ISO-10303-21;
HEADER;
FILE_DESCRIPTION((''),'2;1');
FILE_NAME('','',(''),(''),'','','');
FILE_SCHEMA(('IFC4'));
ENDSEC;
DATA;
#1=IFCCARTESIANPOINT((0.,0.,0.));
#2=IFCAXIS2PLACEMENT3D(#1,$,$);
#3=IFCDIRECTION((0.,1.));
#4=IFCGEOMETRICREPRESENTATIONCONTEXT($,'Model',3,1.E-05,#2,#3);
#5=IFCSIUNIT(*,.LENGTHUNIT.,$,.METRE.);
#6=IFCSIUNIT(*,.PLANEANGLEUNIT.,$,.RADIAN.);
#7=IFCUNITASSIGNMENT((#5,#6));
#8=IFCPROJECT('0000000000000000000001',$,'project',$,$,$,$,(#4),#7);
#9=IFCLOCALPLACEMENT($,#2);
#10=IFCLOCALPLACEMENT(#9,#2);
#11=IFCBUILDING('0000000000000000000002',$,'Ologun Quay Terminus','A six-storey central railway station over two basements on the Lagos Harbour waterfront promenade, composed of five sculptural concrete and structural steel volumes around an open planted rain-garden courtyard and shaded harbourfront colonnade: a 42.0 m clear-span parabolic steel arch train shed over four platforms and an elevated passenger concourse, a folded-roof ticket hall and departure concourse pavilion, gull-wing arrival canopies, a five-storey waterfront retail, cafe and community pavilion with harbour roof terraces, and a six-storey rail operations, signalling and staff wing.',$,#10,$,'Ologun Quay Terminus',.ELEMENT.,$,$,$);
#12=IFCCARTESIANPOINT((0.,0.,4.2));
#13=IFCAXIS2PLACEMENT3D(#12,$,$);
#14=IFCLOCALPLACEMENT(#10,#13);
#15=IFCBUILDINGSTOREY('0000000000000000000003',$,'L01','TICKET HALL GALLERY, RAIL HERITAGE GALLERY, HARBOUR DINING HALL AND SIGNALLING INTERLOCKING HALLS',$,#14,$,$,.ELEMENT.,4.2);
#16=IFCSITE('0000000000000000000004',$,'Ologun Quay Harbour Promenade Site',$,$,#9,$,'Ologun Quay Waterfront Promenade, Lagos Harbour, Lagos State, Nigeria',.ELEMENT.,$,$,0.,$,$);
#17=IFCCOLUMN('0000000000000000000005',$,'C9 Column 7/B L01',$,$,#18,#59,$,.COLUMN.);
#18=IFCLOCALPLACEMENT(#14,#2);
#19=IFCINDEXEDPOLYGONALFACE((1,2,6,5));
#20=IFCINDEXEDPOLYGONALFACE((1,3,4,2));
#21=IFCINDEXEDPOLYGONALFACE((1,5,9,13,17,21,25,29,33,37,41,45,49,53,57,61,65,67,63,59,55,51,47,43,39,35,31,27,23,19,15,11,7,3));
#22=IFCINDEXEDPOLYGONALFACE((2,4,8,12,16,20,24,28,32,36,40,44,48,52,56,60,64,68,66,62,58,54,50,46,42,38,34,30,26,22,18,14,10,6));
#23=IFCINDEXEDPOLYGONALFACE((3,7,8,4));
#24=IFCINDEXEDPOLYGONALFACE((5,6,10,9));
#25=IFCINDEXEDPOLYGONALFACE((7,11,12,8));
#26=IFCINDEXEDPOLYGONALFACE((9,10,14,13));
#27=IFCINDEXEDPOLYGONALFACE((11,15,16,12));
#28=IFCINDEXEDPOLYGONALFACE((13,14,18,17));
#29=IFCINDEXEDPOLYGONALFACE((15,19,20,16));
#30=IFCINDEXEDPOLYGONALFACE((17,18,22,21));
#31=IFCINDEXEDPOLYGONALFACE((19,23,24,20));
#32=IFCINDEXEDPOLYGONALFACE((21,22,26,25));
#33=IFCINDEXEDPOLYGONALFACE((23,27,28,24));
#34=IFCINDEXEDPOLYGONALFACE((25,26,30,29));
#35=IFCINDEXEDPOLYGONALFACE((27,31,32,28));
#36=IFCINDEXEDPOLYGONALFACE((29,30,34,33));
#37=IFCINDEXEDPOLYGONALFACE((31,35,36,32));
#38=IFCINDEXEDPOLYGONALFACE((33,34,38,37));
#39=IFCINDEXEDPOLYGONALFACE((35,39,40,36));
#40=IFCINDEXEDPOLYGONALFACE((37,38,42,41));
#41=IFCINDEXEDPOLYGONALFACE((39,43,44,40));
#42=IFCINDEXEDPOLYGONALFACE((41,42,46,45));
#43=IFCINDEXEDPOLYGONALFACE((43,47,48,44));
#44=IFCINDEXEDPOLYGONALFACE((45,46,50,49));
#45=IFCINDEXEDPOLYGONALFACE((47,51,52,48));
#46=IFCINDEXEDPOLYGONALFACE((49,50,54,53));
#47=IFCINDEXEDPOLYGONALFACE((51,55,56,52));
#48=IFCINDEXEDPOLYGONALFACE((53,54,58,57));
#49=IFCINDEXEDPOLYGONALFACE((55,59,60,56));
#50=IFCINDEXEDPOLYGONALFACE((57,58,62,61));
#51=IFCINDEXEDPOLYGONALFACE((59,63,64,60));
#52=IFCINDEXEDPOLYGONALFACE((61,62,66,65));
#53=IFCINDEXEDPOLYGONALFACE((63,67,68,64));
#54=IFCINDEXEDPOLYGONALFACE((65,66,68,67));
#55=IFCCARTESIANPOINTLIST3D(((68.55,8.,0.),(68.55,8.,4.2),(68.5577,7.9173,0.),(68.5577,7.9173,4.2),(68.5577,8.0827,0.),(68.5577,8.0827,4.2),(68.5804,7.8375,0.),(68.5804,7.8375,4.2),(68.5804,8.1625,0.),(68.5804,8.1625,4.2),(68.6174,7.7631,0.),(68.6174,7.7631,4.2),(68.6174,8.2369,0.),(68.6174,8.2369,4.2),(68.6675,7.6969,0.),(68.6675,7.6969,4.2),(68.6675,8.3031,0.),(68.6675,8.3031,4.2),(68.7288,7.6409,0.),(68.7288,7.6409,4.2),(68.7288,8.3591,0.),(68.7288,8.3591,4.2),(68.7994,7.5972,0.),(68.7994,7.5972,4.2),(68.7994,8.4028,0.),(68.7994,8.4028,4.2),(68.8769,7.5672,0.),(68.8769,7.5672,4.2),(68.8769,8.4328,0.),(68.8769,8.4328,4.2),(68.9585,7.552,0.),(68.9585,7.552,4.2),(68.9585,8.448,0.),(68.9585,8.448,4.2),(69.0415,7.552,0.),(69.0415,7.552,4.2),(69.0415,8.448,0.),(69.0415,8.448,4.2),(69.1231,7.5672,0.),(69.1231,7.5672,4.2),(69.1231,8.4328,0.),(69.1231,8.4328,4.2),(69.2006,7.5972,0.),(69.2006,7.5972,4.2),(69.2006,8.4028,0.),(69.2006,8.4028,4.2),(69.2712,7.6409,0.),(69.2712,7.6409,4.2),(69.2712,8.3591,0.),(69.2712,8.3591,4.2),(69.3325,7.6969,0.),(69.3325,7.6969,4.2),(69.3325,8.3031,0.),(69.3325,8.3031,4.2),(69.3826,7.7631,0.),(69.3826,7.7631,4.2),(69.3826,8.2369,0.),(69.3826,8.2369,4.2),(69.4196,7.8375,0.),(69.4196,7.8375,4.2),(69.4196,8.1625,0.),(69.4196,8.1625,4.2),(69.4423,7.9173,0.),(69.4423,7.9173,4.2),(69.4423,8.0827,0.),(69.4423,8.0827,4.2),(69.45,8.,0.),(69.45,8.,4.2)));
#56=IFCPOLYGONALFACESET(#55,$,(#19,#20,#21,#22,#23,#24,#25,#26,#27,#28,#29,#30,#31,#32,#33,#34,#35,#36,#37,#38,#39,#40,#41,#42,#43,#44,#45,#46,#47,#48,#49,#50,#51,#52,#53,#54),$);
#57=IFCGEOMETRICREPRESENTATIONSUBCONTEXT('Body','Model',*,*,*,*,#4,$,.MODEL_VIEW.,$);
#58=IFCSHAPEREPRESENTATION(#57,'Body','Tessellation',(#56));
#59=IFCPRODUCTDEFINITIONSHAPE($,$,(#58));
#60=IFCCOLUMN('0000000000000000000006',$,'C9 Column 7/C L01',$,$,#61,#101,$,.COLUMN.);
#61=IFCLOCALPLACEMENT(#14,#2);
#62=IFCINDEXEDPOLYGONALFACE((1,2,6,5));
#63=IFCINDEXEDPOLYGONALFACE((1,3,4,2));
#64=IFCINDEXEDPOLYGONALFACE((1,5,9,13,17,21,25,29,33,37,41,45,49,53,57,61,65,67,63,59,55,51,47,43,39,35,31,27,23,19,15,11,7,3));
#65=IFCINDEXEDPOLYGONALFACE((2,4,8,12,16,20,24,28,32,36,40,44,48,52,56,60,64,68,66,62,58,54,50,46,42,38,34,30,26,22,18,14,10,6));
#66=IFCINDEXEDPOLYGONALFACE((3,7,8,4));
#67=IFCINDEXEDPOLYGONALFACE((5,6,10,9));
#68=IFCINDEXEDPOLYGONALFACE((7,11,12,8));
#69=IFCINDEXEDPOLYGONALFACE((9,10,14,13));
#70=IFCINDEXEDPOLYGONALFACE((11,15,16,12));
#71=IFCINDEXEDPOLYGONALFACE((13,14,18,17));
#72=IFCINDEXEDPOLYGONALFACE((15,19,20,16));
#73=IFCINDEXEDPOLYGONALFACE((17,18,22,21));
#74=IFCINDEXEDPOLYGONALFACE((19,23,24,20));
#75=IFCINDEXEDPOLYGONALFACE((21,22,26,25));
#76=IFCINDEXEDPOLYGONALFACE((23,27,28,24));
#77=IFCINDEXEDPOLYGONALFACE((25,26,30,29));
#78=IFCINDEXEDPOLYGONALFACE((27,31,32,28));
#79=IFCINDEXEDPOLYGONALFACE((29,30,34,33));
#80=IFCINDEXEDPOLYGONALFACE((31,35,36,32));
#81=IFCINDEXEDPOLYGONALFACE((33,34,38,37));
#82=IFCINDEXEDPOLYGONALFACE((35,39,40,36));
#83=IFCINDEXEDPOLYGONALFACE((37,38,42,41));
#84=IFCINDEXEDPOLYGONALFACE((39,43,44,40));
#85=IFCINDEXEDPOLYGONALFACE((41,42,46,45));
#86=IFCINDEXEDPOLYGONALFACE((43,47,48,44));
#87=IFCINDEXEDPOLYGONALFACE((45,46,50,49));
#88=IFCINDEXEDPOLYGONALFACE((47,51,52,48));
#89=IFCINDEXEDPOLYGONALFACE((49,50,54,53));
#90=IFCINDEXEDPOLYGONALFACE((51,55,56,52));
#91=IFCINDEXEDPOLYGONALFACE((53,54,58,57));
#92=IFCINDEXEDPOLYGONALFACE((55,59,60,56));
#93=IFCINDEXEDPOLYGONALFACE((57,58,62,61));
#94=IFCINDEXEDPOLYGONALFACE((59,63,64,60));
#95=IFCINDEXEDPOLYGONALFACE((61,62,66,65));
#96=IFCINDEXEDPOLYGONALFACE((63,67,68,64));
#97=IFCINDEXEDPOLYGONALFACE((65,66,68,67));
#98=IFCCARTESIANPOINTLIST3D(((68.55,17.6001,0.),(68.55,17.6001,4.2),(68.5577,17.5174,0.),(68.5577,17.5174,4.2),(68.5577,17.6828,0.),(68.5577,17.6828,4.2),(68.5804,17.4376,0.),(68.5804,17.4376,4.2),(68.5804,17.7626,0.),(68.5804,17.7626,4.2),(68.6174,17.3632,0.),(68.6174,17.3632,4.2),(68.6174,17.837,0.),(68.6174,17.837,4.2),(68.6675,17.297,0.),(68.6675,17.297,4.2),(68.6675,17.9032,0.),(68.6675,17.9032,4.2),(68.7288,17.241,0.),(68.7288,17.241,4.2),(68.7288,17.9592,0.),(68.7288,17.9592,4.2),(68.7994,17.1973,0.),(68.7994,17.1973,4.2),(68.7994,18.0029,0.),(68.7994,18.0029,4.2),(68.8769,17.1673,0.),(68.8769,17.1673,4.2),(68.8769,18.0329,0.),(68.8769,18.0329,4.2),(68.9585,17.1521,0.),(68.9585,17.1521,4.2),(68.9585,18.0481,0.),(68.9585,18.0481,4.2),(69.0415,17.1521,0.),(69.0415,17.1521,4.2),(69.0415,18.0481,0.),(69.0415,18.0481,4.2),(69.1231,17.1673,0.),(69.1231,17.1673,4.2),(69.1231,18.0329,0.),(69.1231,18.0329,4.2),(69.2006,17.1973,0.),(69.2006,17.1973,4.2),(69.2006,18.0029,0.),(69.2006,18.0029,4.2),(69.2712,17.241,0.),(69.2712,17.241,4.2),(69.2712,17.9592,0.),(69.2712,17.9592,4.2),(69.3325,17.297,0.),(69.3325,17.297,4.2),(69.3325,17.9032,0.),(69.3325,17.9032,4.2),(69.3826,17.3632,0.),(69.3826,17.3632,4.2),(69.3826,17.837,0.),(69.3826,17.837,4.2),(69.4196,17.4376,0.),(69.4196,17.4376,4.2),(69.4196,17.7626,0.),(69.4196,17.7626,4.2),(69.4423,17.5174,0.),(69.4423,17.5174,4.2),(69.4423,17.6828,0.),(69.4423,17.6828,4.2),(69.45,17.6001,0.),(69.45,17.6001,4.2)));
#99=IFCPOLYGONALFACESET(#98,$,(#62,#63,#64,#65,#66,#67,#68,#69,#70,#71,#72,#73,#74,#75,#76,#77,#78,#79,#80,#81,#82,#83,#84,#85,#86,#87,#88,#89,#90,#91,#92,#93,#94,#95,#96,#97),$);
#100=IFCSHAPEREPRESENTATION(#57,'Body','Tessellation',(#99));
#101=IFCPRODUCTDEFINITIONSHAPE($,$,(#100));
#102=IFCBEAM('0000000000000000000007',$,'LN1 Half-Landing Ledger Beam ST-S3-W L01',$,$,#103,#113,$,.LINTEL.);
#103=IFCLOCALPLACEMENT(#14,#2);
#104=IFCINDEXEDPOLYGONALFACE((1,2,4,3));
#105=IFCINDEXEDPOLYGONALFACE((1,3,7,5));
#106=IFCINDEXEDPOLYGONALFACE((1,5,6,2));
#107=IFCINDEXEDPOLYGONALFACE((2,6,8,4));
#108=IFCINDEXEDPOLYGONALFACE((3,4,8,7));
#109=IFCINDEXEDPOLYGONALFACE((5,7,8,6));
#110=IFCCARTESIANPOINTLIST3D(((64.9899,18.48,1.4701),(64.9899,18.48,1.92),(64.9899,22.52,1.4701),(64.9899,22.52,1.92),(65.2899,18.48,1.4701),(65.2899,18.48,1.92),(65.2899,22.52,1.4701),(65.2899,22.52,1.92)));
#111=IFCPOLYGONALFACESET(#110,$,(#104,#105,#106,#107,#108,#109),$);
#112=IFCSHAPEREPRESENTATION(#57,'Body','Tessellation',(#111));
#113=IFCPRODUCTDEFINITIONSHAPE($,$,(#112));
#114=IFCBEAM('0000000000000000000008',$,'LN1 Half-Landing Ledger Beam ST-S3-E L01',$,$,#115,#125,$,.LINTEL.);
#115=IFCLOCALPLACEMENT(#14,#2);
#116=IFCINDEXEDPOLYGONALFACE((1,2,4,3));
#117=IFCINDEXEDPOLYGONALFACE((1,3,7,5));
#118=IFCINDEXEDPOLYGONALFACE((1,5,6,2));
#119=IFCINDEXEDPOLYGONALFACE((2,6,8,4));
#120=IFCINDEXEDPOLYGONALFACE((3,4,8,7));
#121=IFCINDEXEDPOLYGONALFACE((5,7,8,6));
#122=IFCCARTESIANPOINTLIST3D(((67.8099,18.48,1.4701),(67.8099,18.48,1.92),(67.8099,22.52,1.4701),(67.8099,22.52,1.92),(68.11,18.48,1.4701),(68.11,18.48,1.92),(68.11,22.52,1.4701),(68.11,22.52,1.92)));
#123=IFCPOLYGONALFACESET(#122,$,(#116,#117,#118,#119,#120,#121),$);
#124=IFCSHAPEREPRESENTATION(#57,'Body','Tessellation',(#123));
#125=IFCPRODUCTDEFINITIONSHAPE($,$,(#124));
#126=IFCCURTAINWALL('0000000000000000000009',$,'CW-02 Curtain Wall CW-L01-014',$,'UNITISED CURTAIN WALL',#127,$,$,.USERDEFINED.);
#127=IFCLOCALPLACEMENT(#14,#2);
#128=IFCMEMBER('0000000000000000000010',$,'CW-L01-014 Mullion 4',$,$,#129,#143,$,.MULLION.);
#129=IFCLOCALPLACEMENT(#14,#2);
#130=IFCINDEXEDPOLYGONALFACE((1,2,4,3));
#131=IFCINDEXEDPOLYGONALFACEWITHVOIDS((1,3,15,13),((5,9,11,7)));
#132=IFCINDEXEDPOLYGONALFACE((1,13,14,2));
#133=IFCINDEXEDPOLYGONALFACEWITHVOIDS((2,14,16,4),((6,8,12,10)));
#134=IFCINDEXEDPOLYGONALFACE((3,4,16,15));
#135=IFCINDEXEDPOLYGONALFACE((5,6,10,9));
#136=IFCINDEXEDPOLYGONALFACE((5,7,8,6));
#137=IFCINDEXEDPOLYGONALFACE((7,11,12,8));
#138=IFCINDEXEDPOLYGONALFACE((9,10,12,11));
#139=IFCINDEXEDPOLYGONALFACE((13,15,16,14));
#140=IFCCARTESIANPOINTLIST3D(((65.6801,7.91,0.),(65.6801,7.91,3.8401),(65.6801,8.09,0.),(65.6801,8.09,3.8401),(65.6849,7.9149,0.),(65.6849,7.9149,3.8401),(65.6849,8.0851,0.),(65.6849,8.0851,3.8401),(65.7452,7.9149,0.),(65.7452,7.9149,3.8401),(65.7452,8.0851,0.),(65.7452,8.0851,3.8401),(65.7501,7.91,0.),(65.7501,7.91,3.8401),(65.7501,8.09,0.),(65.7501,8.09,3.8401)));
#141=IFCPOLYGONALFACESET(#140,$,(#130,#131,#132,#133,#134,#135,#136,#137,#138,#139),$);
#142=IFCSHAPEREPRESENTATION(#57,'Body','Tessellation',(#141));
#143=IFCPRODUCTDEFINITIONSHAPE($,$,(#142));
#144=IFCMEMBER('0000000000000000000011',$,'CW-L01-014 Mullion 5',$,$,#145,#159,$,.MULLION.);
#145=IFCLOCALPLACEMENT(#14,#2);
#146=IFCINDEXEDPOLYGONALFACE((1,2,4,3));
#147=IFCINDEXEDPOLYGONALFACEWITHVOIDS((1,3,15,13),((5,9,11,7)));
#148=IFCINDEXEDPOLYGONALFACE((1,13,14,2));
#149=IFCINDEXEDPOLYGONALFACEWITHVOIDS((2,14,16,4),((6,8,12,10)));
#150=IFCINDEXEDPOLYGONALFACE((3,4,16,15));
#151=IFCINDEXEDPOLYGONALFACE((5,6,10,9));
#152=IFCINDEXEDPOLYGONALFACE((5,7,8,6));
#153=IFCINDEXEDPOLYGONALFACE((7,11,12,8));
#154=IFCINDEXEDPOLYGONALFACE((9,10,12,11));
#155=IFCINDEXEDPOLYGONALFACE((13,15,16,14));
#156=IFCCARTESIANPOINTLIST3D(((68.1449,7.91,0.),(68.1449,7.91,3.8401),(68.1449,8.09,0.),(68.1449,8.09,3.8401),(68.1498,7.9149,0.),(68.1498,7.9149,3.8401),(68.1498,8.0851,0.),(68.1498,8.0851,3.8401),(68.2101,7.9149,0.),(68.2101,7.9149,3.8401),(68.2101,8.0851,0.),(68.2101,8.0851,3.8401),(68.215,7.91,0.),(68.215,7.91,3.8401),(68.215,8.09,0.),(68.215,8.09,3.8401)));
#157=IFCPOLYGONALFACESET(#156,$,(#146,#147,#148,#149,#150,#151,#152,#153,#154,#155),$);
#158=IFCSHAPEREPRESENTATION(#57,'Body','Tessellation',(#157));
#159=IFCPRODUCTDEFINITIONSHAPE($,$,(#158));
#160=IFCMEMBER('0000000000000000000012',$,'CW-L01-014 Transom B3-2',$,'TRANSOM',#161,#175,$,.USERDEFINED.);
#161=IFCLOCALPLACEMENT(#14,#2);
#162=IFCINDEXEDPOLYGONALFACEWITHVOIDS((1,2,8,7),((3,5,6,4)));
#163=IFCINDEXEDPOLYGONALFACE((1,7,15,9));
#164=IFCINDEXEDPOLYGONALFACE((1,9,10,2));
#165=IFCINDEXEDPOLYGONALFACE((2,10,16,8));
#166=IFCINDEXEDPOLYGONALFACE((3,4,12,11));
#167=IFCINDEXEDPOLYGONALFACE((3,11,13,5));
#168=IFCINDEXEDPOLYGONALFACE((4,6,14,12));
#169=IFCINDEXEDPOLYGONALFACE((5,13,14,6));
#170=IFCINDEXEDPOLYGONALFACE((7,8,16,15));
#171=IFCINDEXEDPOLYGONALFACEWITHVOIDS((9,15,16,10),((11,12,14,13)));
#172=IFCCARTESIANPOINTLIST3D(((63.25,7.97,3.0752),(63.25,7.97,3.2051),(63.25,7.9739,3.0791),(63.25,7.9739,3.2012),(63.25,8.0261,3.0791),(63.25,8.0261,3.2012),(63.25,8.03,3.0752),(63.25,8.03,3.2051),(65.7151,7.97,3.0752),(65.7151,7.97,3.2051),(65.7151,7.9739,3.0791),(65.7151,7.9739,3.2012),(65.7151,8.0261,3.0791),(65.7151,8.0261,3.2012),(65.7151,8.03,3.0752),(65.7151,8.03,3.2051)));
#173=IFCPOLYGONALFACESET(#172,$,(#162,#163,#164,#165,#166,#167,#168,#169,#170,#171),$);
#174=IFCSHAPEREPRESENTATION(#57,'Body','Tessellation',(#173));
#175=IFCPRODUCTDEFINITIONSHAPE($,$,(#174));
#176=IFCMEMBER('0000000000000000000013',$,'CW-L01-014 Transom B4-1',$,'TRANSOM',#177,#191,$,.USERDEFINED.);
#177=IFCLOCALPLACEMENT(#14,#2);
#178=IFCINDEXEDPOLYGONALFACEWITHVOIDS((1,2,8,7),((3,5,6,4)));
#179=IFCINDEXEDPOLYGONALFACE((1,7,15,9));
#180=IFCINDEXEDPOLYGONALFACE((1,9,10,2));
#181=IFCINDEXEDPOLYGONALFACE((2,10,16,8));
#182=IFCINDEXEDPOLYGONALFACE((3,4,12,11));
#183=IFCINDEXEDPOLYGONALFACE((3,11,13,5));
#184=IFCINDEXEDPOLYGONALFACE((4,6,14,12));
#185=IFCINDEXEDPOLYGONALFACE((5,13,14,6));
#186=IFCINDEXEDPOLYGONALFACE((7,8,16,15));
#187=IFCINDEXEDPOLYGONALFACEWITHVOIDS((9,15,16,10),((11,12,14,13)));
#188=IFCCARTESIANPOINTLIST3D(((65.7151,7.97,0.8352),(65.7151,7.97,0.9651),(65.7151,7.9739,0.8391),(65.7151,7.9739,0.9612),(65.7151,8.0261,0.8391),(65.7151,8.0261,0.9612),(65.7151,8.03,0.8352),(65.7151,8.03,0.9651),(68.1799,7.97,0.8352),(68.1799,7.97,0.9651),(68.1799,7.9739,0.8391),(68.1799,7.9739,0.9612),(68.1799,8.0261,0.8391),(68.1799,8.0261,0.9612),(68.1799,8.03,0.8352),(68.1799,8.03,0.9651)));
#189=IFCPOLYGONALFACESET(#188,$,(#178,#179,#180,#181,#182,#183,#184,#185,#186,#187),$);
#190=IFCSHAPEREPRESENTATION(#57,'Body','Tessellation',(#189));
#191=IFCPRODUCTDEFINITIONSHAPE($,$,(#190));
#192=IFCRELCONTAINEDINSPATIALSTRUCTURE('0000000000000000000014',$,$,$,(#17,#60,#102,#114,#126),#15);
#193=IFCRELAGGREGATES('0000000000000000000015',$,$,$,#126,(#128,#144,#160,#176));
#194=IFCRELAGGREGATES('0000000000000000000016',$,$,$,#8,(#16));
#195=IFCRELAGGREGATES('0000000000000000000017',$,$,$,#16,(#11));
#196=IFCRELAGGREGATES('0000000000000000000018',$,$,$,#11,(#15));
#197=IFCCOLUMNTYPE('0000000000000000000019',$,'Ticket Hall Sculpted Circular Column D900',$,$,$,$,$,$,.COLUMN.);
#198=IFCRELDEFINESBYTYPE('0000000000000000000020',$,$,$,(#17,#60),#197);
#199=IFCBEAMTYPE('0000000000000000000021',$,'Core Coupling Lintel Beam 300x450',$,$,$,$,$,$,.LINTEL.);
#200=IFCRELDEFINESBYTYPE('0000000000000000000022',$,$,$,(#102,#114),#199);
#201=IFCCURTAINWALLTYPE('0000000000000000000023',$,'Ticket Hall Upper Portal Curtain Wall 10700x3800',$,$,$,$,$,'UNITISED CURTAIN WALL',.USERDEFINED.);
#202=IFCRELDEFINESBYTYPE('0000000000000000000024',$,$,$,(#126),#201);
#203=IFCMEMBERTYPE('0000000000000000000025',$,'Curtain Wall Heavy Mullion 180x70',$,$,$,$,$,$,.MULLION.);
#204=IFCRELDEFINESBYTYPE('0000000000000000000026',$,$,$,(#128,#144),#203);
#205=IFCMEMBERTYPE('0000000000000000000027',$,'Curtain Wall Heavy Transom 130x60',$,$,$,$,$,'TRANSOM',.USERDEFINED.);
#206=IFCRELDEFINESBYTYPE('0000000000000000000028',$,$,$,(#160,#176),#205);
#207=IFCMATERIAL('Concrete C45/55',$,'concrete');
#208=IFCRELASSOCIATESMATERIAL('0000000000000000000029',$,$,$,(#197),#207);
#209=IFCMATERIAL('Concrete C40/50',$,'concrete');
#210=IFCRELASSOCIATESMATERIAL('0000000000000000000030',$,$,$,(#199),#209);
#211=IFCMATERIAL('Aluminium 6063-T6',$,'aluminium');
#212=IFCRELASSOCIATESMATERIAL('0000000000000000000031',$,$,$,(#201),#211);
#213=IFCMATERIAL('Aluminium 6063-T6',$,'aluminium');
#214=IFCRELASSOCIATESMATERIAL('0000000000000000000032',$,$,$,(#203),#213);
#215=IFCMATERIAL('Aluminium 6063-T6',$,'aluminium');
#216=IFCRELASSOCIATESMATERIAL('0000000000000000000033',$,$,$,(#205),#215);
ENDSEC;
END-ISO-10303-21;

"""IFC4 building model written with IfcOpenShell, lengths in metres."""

from ifc_helpers import new_model, si_unit, direction, frame, origin, origin_2d, place, context, subcontext, project, spatial, rectangle, hollow_rectangle, circle, extrude, material, material_profile, profile_set, type_object, element, aggregate, save


model = new_model("IFC4")

# Units and contexts
model_context = context("Model", 3, precision=1e-05, world=origin(), true_north=direction((0.0, 1.0)))
body_context = subcontext(model_context, "Body", "Model", "MODEL_VIEW")
ifc_project = project(units=[si_unit("LENGTHUNIT", "METRE"), si_unit("PLANEANGLEUNIT", "RADIAN")], contexts=[model_context])

# Site, building, storey
site_placement = place(None, origin())
site = spatial("IfcSite", under=ifc_project, at=site_placement, Name="Ologun Quay Harbour Promenade Site", LongName="Ologun Quay Waterfront Promenade, Lagos Harbour, Lagos State, Nigeria", CompositionType="ELEMENT", RefElevation=0.0)
building_placement = place(site_placement, origin())
building = spatial("IfcBuilding", under=site, at=building_placement, Name="Ologun Quay Terminus", Description="A six-storey central railway station over two basements on the Lagos Harbour waterfront promenade, composed of five sculptural concrete and structural steel volumes around an open planted rain-garden courtyard and shaded harbourfront colonnade: a 42.0 m clear-span parabolic steel arch train shed over four platforms and an elevated passenger concourse, a folded-roof ticket hall and departure concourse pavilion, gull-wing arrival canopies, a five-storey waterfront retail, cafe and community pavilion with harbour roof terraces, and a six-storey rail operations, signalling and staff wing.", LongName="Ologun Quay Terminus", CompositionType="ELEMENT")
storey_placement = place(building_placement, frame((0.0, 0.0, 4.2)))
storey = spatial("IfcBuildingStorey", under=building, at=storey_placement, Name="L01", Description="TICKET HALL GALLERY, RAIL HERITAGE GALLERY, HARBOUR DINING HALL AND SIGNALLING INTERLOCKING HALLS", CompositionType="ELEMENT", Elevation=4.2)

# Columns
ifc_material_1 = material(Name="Concrete C45/55", Category="concrete")
ifc_material_profile_1 = material_profile(ifc_material_1, circle(Radius=0.45, at=origin_2d()), Name="RC D900")
ifc_profile_set_1 = profile_set([ifc_material_profile_1], Name="Concrete C45/55")
column_type = type_object("IfcColumnType", Name="Ticket Hall Sculpted Circular Column D900", PredefinedType="COLUMN", material=ifc_profile_set_1)
for number, where, z_axis, x_axis, name in (
    (1, (69.0, 8.0, 0.0), (0.0, 0.0, 1.0), (1.0, 0.0, 0.0), "C9 Column 7/B L01"),
    (2, (69.0, 17.6001, 0.0), (0.0, 0.0, 1.0), (1.0, 0.0, 0.0), "C9 Column 7/C L01"),
):
    element("IfcColumn", number, at=place(storey_placement, frame(where, z_axis=z_axis, x_axis=x_axis)), inside=storey, type_object=column_type, Name=name, PredefinedType="COLUMN", context=body_context, shape_type="SweptSolid", body=[
        extrude(circle(Radius=0.45, at=origin_2d()), origin(), (0.0, 0.0, 1.0), 4.2),
    ])

# Beams
ifc_material_2 = material(Name="Concrete C40/50", Category="concrete")
ifc_material_profile_2 = material_profile(ifc_material_2, rectangle(XDim=0.3, YDim=0.45, at=origin_2d()), Name="RC 300x450")
ifc_profile_set_2 = profile_set([ifc_material_profile_2], Name="Concrete C40/50")
beam_type_1 = type_object("IfcBeamType", Name="Core Coupling Lintel Beam 300x450", PredefinedType="LINTEL", material=ifc_profile_set_2)
for number, where, z_axis, x_axis, name in (
    (3, (65.1399, 18.48, 1.6951), (0.0, 1.0, 0.0), (-1.0, 0.0, 0.0), "LN1 Half-Landing Ledger Beam ST-S3-W L01"),
    (4, (67.96, 18.48, 1.6951), (0.0, 1.0, 0.0), (-1.0, 0.0, 0.0), "LN1 Half-Landing Ledger Beam ST-S3-E L01"),
):
    element("IfcBeam", number, at=place(storey_placement, frame(where, z_axis=z_axis, x_axis=x_axis)), inside=storey, type_object=beam_type_1, Name=name, PredefinedType="LINTEL", context=body_context, shape_type="SweptSolid", body=[
        extrude(rectangle(XDim=0.3, YDim=0.45, at=origin_2d()), origin(), (0.0, 0.0, 1.0), 4.04),
    ])

# Curtain wall, members
ifc_material_3 = material(Name="Aluminium 6063-T6", Category="aluminium")
curtain_wall_type = type_object("IfcCurtainWallType", Name="Ticket Hall Upper Portal Curtain Wall 10700x3800", ElementType="UNITISED CURTAIN WALL", PredefinedType="USERDEFINED", material=ifc_material_3)
curtain_wall_placement = place(storey_placement, origin())
curtain_wall = element("IfcCurtainWall", 5, at=curtain_wall_placement, inside=storey, type_object=curtain_wall_type, Name="CW-02 Curtain Wall CW-L01-014", ObjectType="UNITISED CURTAIN WALL", PredefinedType="USERDEFINED")
ifc_material_4 = material(Name="Aluminium 6063-T6", Category="aluminium")
ifc_material_profile_3 = material_profile(ifc_material_4, hollow_rectangle(XDim=0.0701, YDim=0.1799, WallThickness=0.0049, at=origin_2d()), Name="ALU 180x70x5")
ifc_profile_set_3 = profile_set([ifc_material_profile_3], Name="Aluminium 6063-T6")
member_type_1 = type_object("IfcMemberType", Name="Curtain Wall Heavy Mullion 180x70", PredefinedType="MULLION", material=ifc_profile_set_3)
member_1_placement = place(storey_placement, frame((65.7151, 8.0, 0.0), z_axis=(0.0, 0.0, 1.0), x_axis=(1.0, 0.0, 0.0)))
member_1 = element("IfcMember", 6, at=member_1_placement, type_object=member_type_1, Name="CW-L01-014 Mullion 4", PredefinedType="MULLION", context=body_context, shape_type="SweptSolid", body=[
    extrude(hollow_rectangle(XDim=0.0701, YDim=0.1799, WallThickness=0.0049, at=origin_2d()), origin(), (0.0, 0.0, 1.0), 3.8401),
])
member_2_placement = place(storey_placement, frame((68.1799, 8.0, 0.0), z_axis=(0.0, 0.0, 1.0), x_axis=(1.0, 0.0, 0.0)))
member_2 = element("IfcMember", 7, at=member_2_placement, type_object=member_type_1, Name="CW-L01-014 Mullion 5", PredefinedType="MULLION", context=body_context, shape_type="SweptSolid", body=[
    extrude(hollow_rectangle(XDim=0.0701, YDim=0.1799, WallThickness=0.0049, at=origin_2d()), origin(), (0.0, 0.0, 1.0), 3.8401),
])
ifc_material_5 = material(Name="Aluminium 6063-T6", Category="aluminium")
ifc_material_profile_4 = material_profile(ifc_material_5, hollow_rectangle(XDim=0.0601, YDim=0.1299, WallThickness=0.0039, at=origin_2d()), Name="ALU 130x60x4")
ifc_profile_set_4 = profile_set([ifc_material_profile_4], Name="Aluminium 6063-T6")
member_type_2 = type_object("IfcMemberType", Name="Curtain Wall Heavy Transom 130x60", ElementType="TRANSOM", PredefinedType="USERDEFINED", material=ifc_profile_set_4)
member_3_placement = place(storey_placement, frame((63.25, 8.0, 3.1401), z_axis=(1.0, 0.0, 0.0), x_axis=(0.0, 1.0, 0.0)))
member_3 = element("IfcMember", 8, at=member_3_placement, type_object=member_type_2, Name="CW-L01-014 Transom B3-2", ObjectType="TRANSOM", PredefinedType="USERDEFINED", context=body_context, shape_type="SweptSolid", body=[
    extrude(hollow_rectangle(XDim=0.0601, YDim=0.1299, WallThickness=0.0039, at=origin_2d()), origin(), (0.0, 0.0, 1.0), 2.4651),
])
member_4_placement = place(storey_placement, frame((65.7151, 8.0, 0.9001), z_axis=(1.0, 0.0, 0.0), x_axis=(0.0, 1.0, 0.0)))
member_4 = element("IfcMember", 9, at=member_4_placement, type_object=member_type_2, Name="CW-L01-014 Transom B4-1", ObjectType="TRANSOM", PredefinedType="USERDEFINED", context=body_context, shape_type="SweptSolid", body=[
    extrude(hollow_rectangle(XDim=0.0601, YDim=0.1299, WallThickness=0.0039, at=origin_2d()), origin(), (0.0, 0.0, 1.0), 2.4648),
])

aggregate(curtain_wall, [member_1, member_2, member_3, member_4])

save(model, "model.ifc")
